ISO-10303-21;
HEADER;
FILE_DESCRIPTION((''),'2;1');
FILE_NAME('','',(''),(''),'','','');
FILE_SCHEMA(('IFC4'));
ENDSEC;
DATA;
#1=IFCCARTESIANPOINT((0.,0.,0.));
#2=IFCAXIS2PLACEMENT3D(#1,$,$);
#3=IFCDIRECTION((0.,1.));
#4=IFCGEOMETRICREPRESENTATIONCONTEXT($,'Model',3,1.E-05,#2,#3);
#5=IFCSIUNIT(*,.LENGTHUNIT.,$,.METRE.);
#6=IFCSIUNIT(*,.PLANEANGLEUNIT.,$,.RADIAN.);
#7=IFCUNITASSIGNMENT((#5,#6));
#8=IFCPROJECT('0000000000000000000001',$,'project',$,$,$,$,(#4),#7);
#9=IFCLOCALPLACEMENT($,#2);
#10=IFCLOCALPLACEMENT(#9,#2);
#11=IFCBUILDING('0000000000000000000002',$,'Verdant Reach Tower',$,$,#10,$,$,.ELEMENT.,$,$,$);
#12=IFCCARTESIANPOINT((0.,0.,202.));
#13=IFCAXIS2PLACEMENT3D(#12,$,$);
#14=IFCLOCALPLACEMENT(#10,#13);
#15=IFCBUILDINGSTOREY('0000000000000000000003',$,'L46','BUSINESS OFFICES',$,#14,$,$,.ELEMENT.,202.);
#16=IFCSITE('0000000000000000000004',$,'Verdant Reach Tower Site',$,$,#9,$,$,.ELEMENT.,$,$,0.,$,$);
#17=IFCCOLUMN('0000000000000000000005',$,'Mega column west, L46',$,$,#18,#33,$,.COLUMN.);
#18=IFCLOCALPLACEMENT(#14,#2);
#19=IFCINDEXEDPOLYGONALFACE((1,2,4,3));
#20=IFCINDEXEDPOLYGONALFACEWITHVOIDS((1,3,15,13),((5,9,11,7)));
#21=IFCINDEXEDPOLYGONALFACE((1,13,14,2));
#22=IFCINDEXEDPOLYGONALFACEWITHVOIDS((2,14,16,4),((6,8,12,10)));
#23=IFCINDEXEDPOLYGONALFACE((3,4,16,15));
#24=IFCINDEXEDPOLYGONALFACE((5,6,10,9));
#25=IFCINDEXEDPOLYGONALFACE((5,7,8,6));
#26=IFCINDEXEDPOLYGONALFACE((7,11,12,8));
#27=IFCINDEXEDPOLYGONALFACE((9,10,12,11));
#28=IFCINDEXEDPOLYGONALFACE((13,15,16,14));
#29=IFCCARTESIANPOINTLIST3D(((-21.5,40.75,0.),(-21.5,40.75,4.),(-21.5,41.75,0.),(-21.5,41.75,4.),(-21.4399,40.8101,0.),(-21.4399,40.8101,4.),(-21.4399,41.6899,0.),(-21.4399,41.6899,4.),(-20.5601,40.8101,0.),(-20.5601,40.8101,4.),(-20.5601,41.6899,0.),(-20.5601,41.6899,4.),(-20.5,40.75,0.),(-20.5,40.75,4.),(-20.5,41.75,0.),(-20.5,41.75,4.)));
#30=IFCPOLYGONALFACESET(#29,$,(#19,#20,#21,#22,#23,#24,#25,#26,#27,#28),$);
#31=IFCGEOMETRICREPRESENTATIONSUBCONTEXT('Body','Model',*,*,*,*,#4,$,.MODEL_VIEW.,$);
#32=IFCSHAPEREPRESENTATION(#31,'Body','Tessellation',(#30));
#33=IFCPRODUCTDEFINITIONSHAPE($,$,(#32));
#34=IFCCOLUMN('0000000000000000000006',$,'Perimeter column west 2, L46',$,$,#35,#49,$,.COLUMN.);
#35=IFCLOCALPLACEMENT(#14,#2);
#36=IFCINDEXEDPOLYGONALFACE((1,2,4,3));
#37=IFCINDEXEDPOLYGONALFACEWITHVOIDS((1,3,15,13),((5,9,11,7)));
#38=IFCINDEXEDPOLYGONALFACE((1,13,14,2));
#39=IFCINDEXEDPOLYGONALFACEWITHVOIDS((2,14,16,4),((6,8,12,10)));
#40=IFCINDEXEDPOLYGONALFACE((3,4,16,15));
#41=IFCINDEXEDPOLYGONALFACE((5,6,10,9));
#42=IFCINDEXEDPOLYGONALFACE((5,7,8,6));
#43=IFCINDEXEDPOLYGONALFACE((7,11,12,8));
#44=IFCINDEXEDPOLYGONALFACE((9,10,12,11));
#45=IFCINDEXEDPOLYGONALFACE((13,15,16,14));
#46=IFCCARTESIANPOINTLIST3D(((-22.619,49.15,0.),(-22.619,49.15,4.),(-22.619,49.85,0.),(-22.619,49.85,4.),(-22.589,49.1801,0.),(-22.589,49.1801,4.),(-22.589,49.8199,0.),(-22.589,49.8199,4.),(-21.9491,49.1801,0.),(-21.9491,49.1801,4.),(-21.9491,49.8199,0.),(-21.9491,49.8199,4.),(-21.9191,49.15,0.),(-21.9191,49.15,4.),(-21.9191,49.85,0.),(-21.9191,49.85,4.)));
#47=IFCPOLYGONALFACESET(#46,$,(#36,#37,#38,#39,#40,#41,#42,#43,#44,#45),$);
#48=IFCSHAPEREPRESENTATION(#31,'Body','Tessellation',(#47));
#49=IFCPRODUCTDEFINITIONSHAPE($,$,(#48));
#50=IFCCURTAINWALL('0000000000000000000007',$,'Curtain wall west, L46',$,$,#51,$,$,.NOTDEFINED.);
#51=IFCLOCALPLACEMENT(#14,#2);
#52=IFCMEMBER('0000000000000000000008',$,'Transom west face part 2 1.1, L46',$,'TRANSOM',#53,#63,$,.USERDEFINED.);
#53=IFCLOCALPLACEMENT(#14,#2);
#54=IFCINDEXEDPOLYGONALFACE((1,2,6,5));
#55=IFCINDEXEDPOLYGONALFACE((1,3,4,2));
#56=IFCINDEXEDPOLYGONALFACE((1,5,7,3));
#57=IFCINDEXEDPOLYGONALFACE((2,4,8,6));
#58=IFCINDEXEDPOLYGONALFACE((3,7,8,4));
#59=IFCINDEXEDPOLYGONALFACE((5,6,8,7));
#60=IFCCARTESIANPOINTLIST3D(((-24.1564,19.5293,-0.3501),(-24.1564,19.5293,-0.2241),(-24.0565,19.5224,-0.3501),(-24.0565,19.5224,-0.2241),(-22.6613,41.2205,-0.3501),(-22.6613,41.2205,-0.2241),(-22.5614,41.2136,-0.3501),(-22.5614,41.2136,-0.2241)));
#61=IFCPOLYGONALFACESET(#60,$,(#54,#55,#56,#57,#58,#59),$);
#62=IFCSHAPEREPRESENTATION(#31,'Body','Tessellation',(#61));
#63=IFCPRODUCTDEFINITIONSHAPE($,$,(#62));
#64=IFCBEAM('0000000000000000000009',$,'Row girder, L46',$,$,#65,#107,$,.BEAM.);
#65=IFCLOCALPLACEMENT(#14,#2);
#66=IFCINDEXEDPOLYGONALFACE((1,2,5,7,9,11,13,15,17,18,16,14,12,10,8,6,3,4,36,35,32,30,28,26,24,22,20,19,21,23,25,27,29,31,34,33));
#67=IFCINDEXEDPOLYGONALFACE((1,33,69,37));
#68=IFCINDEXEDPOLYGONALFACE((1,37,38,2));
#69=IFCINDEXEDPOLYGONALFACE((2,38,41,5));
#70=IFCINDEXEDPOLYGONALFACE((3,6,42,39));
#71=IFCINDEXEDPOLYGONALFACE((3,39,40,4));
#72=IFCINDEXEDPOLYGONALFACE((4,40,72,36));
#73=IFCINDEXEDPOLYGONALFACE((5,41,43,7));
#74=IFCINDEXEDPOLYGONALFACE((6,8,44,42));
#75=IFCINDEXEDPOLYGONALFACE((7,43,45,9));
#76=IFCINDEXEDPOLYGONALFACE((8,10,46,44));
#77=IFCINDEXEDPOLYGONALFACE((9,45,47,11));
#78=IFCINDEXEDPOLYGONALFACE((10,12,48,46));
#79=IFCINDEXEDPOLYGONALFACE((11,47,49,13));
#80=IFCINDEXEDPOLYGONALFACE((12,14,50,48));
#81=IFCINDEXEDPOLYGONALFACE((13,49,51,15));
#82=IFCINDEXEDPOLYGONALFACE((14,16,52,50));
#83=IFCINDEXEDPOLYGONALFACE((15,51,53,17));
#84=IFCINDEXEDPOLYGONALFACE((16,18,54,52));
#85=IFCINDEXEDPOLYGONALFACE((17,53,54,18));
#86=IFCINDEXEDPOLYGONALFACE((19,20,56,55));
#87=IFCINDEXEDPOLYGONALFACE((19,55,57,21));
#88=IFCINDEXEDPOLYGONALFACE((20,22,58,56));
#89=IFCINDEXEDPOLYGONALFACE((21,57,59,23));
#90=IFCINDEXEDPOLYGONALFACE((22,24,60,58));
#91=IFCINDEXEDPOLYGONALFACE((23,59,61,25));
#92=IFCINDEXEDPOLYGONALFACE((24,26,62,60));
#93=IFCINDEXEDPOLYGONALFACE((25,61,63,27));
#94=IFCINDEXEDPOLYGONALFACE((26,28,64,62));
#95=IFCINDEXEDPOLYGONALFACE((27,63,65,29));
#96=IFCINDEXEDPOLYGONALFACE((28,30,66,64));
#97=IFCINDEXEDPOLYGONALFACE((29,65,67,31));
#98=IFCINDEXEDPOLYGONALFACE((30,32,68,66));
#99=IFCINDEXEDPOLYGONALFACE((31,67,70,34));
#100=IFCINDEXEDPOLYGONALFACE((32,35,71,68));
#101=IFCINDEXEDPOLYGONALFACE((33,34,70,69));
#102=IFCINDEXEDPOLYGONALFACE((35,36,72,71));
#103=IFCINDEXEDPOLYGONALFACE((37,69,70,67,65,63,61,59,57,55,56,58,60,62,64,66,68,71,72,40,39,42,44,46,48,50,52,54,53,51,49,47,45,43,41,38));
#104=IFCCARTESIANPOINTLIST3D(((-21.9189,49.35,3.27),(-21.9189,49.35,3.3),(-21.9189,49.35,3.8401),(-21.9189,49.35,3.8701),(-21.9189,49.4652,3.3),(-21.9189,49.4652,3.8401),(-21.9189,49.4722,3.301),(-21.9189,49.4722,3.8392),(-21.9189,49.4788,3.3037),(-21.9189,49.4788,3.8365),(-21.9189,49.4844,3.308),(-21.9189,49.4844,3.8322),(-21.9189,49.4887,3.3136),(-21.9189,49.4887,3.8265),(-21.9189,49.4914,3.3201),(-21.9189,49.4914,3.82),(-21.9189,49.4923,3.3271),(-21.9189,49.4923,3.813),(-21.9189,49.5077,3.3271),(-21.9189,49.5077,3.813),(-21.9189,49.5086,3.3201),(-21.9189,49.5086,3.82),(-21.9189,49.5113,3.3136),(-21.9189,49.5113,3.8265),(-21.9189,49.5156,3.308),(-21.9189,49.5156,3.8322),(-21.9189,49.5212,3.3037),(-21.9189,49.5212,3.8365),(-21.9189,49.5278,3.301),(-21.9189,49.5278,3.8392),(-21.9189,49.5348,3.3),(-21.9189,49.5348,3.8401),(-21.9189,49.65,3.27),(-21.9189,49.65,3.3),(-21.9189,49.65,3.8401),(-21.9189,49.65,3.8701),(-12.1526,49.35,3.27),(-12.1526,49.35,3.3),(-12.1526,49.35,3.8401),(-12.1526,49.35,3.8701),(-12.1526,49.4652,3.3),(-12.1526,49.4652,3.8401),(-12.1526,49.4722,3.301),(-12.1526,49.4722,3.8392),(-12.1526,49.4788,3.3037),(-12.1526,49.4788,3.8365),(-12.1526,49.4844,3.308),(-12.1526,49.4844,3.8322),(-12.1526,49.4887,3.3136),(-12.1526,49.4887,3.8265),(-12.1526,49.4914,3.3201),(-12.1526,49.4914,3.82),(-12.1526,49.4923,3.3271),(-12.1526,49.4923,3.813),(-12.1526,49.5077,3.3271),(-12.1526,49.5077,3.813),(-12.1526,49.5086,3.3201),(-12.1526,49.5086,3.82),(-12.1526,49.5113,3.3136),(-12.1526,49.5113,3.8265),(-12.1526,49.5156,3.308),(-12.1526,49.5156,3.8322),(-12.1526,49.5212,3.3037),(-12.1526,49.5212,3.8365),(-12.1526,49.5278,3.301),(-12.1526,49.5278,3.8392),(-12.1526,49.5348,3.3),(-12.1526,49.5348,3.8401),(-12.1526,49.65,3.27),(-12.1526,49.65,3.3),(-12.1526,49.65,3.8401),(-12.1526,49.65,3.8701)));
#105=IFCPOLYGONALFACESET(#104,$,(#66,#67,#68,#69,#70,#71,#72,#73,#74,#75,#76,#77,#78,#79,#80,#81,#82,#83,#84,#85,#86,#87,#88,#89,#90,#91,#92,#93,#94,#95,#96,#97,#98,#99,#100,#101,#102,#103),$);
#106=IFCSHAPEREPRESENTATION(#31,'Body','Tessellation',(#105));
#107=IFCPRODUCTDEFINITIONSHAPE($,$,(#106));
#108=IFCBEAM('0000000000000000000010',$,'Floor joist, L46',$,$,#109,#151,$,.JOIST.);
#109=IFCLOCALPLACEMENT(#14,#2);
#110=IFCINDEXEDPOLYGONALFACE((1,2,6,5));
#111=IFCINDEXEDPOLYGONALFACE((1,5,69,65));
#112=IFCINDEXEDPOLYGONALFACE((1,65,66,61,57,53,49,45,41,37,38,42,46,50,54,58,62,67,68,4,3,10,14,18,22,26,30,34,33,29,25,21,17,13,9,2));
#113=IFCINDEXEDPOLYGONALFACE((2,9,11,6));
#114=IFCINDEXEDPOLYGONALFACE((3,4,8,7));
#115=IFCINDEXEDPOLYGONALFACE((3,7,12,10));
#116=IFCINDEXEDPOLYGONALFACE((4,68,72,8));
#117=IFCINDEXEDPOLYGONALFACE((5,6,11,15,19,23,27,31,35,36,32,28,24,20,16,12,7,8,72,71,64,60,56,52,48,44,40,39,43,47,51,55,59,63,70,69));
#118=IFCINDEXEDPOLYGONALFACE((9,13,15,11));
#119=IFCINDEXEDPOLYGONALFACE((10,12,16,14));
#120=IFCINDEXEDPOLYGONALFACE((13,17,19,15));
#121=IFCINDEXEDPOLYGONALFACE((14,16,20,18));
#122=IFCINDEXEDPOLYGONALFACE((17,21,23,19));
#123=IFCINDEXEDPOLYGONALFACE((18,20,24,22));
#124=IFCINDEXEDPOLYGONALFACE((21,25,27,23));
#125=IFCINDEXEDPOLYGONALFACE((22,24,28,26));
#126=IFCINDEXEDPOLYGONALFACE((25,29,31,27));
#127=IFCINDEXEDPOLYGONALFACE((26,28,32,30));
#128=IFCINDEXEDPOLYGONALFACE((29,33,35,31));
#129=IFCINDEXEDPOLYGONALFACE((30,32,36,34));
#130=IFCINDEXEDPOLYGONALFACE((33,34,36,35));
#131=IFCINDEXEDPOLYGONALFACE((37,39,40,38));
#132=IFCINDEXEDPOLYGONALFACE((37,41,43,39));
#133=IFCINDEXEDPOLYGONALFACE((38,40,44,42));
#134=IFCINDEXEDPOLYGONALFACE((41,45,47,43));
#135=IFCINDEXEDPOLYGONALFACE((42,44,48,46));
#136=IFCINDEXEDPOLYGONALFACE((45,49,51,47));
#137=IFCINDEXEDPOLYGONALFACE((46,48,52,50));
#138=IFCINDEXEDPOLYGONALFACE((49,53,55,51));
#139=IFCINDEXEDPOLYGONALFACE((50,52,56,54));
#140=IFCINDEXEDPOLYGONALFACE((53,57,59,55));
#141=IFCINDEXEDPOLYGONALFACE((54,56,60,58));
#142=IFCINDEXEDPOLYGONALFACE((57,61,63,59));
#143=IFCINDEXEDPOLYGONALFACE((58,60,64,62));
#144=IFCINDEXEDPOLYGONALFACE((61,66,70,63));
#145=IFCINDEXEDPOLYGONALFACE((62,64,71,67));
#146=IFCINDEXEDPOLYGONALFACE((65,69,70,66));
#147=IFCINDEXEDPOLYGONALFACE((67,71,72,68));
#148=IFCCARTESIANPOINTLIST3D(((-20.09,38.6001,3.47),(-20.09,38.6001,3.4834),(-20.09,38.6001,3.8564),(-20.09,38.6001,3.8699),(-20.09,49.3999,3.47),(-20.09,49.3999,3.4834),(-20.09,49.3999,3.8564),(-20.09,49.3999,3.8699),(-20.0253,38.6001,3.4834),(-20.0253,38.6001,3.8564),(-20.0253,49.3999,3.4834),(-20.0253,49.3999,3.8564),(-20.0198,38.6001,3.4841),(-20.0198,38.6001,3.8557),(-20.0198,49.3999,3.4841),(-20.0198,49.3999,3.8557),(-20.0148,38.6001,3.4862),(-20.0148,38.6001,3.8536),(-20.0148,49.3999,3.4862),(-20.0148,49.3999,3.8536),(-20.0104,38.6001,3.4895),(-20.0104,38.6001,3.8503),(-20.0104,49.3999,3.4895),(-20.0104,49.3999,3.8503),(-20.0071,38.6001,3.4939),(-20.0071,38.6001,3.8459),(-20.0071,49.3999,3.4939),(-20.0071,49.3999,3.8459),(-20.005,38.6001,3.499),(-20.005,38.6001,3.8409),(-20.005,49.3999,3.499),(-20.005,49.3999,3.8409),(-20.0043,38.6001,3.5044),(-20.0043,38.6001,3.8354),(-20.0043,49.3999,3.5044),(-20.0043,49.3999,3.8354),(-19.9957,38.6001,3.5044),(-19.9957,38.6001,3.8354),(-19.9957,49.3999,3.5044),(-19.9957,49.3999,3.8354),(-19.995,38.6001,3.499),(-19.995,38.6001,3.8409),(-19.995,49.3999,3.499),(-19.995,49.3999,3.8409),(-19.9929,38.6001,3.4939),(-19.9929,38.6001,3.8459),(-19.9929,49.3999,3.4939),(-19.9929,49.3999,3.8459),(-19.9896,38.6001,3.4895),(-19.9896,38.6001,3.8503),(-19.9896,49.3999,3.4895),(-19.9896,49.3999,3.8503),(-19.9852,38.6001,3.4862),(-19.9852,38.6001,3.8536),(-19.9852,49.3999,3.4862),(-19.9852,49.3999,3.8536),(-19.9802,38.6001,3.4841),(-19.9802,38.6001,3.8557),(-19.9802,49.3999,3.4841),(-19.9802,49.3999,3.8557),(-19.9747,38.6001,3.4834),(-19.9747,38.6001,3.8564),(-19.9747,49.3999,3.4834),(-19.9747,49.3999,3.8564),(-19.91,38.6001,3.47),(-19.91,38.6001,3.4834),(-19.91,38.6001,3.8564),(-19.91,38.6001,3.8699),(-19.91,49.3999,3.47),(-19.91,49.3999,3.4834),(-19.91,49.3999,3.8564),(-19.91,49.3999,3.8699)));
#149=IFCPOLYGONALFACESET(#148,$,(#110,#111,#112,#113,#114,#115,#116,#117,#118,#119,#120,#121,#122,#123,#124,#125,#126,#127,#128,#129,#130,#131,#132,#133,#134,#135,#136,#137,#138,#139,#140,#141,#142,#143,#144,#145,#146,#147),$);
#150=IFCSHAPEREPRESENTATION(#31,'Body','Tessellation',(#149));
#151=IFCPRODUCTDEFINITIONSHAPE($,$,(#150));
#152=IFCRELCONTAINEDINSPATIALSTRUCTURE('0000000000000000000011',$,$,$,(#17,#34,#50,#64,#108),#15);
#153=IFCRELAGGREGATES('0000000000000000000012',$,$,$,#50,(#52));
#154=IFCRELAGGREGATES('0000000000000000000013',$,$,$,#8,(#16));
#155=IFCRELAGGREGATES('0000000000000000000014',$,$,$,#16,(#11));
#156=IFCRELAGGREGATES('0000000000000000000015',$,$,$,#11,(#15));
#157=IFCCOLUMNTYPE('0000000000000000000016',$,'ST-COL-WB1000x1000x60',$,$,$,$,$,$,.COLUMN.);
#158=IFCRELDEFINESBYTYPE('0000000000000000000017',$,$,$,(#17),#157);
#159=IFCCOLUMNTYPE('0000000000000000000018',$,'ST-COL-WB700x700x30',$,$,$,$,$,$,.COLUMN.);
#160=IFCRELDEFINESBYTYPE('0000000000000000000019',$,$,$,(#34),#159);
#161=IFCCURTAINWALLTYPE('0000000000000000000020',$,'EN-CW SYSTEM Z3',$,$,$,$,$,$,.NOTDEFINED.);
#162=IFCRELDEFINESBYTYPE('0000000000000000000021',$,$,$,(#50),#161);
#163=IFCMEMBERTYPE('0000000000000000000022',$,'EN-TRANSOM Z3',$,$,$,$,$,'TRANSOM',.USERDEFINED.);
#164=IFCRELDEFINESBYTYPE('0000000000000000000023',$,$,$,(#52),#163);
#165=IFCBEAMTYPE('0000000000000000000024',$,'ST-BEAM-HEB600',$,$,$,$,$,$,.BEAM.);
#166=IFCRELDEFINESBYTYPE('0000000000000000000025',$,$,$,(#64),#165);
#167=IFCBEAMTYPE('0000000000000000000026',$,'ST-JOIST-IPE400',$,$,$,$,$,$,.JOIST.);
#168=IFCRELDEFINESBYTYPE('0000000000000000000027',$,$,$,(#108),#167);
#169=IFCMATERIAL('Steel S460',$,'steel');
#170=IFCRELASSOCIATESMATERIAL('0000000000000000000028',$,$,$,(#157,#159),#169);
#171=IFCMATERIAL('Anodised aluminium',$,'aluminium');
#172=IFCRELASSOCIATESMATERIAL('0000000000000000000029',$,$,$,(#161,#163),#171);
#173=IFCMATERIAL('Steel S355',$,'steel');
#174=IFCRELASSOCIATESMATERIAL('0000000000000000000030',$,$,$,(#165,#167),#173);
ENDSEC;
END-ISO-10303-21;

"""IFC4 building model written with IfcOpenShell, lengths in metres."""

from ifc_helpers import new_model, si_unit, direction, frame, origin, origin_2d, place, context, subcontext, project, spatial, rectangle, hollow_rectangle, i_section, extrude, material, material_profile, profile_set, type_object, element, aggregate, save


model = new_model("IFC4")

# Units and contexts
model_context = context("Model", 3, precision=1e-05, world=origin(), true_north=direction((0.0, 1.0)))
body_context = subcontext(model_context, "Body", "Model", "MODEL_VIEW")
ifc_project = project(units=[si_unit("LENGTHUNIT", "METRE"), si_unit("PLANEANGLEUNIT", "RADIAN")], contexts=[model_context])

# Site, building, storey
site_placement = place(None, origin())
site = spatial("IfcSite", under=ifc_project, at=site_placement, Name="Verdant Reach Tower Site", CompositionType="ELEMENT", RefElevation=0.0)
building_placement = place(site_placement, origin())
building = spatial("IfcBuilding", under=site, at=building_placement, Name="Verdant Reach Tower", CompositionType="ELEMENT")
storey_placement = place(building_placement, frame((0.0, 0.0, 202.0)))
storey = spatial("IfcBuildingStorey", under=building, at=storey_placement, Name="L46", Description="BUSINESS OFFICES", CompositionType="ELEMENT", Elevation=202.0)

# Columns
ifc_material_1 = material(Name="Steel S460", Category="steel")
ifc_material_profile_1 = material_profile(ifc_material_1, hollow_rectangle(XDim=1.0, YDim=1.0, WallThickness=0.0601, at=origin_2d()), Name="WB 1000x1000x60")
ifc_profile_set_1 = profile_set([ifc_material_profile_1], Name="Steel S460")
column_type_1 = type_object("IfcColumnType", Name="ST-COL-WB1000x1000x60", PredefinedType="COLUMN", material=ifc_profile_set_1)
column_1_placement = place(storey_placement, frame((-21.0, 41.25, 0.0), z_axis=(0.0, 0.0, 1.0), x_axis=(1.0, 0.0, 0.0)))
element("IfcColumn", 1, at=column_1_placement, inside=storey, type_object=column_type_1, Name="Mega column west, L46", PredefinedType="COLUMN", context=body_context, shape_type="SweptSolid", body=[
    extrude(hollow_rectangle(XDim=1.0, YDim=1.0, WallThickness=0.0601, at=origin_2d()), origin(), (0.0, 0.0, 1.0), 4.0),
])
ifc_material_profile_2 = material_profile(ifc_material_1, hollow_rectangle(XDim=0.7, YDim=0.7, WallThickness=0.03, at=origin_2d()), Name="WB 700x700x30")
ifc_profile_set_2 = profile_set([ifc_material_profile_2], Name="Steel S460")
column_type_2 = type_object("IfcColumnType", Name="ST-COL-WB700x700x30", PredefinedType="COLUMN", material=ifc_profile_set_2)
column_2_placement = place(storey_placement, frame((-22.269, 49.5, 0.0), z_axis=(0.0, 0.0, 1.0), x_axis=(1.0, 0.0, 0.0)))
element("IfcColumn", 2, at=column_2_placement, inside=storey, type_object=column_type_2, Name="Perimeter column west 2, L46", PredefinedType="COLUMN", context=body_context, shape_type="SweptSolid", body=[
    extrude(hollow_rectangle(XDim=0.7, YDim=0.7, WallThickness=0.03, at=origin_2d()), origin(), (0.0, 0.0, 1.0), 4.0),
])

# Curtain wall, member
ifc_material_2 = material(Name="Anodised aluminium", Category="aluminium")
curtain_wall_type = type_object("IfcCurtainWallType", Name="EN-CW SYSTEM Z3", PredefinedType="NOTDEFINED", material=ifc_material_2)
curtain_wall_placement = place(storey_placement, origin())
curtain_wall = element("IfcCurtainWall", 3, at=curtain_wall_placement, inside=storey, type_object=curtain_wall_type, Name="Curtain wall west, L46", PredefinedType="NOTDEFINED")
ifc_material_profile_3 = material_profile(ifc_material_2, rectangle(XDim=0.1001, YDim=0.126, at=origin_2d()), Name="Transom 126x100")
ifc_profile_set_3 = profile_set([ifc_material_profile_3], Name="Anodised aluminium")
member_type = type_object("IfcMemberType", Name="EN-TRANSOM Z3", ElementType="TRANSOM", PredefinedType="USERDEFINED", material=ifc_profile_set_3)
member_placement = place(storey_placement, frame((-22.6113, 41.217, -0.2871), z_axis=(-0.068764, -0.997633, 0.0), x_axis=(0.997633, -0.068764, 0.0)))
member = element("IfcMember", 4, at=member_placement, type_object=member_type, Name="Transom west face part 2 1.1, L46", ObjectType="TRANSOM", PredefinedType="USERDEFINED", context=body_context, shape_type="SweptSolid", body=[
    extrude(rectangle(XDim=0.1001, YDim=0.126, at=origin_2d()), origin(), (0.0, 0.0, 1.0), 21.7427),
])

# Beams
ifc_material_3 = material(Name="Steel S355", Category="steel")
ifc_material_profile_4 = material_profile(ifc_material_3, i_section(OverallWidth=0.3, OverallDepth=0.6001, WebThickness=0.0154, FlangeThickness=0.03, FilletRadius=0.0271, at=origin_2d()), Name="HEB 600")
ifc_profile_set_4 = profile_set([ifc_material_profile_4], Name="Steel S355")
beam_type_1 = type_object("IfcBeamType", Name="ST-BEAM-HEB600", PredefinedType="BEAM", material=ifc_profile_set_4)
beam_1_placement = place(storey_placement, frame((-21.9189, 49.5, 3.5701), z_axis=(1.0, 0.0, 0.0), x_axis=(0.0, 1.0, 0.0)))
element("IfcBeam", 5, at=beam_1_placement, inside=storey, type_object=beam_type_1, Name="Row girder, L46", PredefinedType="BEAM", context=body_context, shape_type="SweptSolid", body=[
    extrude(i_section(OverallWidth=0.3, OverallDepth=0.6001, WebThickness=0.0154, FlangeThickness=0.03, FilletRadius=0.0271, at=origin_2d()), origin(), (0.0, 0.0, 1.0), 9.7664),
])
ifc_material_profile_5 = material_profile(ifc_material_3, i_section(OverallWidth=0.1799, OverallDepth=0.3999, WebThickness=0.0085, FlangeThickness=0.0134, FilletRadius=0.021, at=origin_2d()), Name="IPE 400")
ifc_profile_set_5 = profile_set([ifc_material_profile_5], Name="Steel S355")
beam_type_2 = type_object("IfcBeamType", Name="ST-JOIST-IPE400", PredefinedType="JOIST", material=ifc_profile_set_5)
for number, where, z_axis, x_axis, name in (
    (6, (-20.0, 38.6001, 3.6699), (0.0, 1.0, 0.0), (-1.0, 0.0, 0.0), "Floor joist, L46"),
):
    element("IfcBeam", number, at=place(storey_placement, frame(where, z_axis=z_axis, x_axis=x_axis)), inside=storey, type_object=beam_type_2, Name=name, PredefinedType="JOIST", context=body_context, shape_type="SweptSolid", body=[
        extrude(i_section(OverallWidth=0.1799, OverallDepth=0.3999, WebThickness=0.0085, FlangeThickness=0.0134, FilletRadius=0.021, at=origin_2d()), origin(), (0.0, 0.0, 1.0), 10.7998),
    ])

aggregate(curtain_wall, [member])

save(model, "model.ifc")
